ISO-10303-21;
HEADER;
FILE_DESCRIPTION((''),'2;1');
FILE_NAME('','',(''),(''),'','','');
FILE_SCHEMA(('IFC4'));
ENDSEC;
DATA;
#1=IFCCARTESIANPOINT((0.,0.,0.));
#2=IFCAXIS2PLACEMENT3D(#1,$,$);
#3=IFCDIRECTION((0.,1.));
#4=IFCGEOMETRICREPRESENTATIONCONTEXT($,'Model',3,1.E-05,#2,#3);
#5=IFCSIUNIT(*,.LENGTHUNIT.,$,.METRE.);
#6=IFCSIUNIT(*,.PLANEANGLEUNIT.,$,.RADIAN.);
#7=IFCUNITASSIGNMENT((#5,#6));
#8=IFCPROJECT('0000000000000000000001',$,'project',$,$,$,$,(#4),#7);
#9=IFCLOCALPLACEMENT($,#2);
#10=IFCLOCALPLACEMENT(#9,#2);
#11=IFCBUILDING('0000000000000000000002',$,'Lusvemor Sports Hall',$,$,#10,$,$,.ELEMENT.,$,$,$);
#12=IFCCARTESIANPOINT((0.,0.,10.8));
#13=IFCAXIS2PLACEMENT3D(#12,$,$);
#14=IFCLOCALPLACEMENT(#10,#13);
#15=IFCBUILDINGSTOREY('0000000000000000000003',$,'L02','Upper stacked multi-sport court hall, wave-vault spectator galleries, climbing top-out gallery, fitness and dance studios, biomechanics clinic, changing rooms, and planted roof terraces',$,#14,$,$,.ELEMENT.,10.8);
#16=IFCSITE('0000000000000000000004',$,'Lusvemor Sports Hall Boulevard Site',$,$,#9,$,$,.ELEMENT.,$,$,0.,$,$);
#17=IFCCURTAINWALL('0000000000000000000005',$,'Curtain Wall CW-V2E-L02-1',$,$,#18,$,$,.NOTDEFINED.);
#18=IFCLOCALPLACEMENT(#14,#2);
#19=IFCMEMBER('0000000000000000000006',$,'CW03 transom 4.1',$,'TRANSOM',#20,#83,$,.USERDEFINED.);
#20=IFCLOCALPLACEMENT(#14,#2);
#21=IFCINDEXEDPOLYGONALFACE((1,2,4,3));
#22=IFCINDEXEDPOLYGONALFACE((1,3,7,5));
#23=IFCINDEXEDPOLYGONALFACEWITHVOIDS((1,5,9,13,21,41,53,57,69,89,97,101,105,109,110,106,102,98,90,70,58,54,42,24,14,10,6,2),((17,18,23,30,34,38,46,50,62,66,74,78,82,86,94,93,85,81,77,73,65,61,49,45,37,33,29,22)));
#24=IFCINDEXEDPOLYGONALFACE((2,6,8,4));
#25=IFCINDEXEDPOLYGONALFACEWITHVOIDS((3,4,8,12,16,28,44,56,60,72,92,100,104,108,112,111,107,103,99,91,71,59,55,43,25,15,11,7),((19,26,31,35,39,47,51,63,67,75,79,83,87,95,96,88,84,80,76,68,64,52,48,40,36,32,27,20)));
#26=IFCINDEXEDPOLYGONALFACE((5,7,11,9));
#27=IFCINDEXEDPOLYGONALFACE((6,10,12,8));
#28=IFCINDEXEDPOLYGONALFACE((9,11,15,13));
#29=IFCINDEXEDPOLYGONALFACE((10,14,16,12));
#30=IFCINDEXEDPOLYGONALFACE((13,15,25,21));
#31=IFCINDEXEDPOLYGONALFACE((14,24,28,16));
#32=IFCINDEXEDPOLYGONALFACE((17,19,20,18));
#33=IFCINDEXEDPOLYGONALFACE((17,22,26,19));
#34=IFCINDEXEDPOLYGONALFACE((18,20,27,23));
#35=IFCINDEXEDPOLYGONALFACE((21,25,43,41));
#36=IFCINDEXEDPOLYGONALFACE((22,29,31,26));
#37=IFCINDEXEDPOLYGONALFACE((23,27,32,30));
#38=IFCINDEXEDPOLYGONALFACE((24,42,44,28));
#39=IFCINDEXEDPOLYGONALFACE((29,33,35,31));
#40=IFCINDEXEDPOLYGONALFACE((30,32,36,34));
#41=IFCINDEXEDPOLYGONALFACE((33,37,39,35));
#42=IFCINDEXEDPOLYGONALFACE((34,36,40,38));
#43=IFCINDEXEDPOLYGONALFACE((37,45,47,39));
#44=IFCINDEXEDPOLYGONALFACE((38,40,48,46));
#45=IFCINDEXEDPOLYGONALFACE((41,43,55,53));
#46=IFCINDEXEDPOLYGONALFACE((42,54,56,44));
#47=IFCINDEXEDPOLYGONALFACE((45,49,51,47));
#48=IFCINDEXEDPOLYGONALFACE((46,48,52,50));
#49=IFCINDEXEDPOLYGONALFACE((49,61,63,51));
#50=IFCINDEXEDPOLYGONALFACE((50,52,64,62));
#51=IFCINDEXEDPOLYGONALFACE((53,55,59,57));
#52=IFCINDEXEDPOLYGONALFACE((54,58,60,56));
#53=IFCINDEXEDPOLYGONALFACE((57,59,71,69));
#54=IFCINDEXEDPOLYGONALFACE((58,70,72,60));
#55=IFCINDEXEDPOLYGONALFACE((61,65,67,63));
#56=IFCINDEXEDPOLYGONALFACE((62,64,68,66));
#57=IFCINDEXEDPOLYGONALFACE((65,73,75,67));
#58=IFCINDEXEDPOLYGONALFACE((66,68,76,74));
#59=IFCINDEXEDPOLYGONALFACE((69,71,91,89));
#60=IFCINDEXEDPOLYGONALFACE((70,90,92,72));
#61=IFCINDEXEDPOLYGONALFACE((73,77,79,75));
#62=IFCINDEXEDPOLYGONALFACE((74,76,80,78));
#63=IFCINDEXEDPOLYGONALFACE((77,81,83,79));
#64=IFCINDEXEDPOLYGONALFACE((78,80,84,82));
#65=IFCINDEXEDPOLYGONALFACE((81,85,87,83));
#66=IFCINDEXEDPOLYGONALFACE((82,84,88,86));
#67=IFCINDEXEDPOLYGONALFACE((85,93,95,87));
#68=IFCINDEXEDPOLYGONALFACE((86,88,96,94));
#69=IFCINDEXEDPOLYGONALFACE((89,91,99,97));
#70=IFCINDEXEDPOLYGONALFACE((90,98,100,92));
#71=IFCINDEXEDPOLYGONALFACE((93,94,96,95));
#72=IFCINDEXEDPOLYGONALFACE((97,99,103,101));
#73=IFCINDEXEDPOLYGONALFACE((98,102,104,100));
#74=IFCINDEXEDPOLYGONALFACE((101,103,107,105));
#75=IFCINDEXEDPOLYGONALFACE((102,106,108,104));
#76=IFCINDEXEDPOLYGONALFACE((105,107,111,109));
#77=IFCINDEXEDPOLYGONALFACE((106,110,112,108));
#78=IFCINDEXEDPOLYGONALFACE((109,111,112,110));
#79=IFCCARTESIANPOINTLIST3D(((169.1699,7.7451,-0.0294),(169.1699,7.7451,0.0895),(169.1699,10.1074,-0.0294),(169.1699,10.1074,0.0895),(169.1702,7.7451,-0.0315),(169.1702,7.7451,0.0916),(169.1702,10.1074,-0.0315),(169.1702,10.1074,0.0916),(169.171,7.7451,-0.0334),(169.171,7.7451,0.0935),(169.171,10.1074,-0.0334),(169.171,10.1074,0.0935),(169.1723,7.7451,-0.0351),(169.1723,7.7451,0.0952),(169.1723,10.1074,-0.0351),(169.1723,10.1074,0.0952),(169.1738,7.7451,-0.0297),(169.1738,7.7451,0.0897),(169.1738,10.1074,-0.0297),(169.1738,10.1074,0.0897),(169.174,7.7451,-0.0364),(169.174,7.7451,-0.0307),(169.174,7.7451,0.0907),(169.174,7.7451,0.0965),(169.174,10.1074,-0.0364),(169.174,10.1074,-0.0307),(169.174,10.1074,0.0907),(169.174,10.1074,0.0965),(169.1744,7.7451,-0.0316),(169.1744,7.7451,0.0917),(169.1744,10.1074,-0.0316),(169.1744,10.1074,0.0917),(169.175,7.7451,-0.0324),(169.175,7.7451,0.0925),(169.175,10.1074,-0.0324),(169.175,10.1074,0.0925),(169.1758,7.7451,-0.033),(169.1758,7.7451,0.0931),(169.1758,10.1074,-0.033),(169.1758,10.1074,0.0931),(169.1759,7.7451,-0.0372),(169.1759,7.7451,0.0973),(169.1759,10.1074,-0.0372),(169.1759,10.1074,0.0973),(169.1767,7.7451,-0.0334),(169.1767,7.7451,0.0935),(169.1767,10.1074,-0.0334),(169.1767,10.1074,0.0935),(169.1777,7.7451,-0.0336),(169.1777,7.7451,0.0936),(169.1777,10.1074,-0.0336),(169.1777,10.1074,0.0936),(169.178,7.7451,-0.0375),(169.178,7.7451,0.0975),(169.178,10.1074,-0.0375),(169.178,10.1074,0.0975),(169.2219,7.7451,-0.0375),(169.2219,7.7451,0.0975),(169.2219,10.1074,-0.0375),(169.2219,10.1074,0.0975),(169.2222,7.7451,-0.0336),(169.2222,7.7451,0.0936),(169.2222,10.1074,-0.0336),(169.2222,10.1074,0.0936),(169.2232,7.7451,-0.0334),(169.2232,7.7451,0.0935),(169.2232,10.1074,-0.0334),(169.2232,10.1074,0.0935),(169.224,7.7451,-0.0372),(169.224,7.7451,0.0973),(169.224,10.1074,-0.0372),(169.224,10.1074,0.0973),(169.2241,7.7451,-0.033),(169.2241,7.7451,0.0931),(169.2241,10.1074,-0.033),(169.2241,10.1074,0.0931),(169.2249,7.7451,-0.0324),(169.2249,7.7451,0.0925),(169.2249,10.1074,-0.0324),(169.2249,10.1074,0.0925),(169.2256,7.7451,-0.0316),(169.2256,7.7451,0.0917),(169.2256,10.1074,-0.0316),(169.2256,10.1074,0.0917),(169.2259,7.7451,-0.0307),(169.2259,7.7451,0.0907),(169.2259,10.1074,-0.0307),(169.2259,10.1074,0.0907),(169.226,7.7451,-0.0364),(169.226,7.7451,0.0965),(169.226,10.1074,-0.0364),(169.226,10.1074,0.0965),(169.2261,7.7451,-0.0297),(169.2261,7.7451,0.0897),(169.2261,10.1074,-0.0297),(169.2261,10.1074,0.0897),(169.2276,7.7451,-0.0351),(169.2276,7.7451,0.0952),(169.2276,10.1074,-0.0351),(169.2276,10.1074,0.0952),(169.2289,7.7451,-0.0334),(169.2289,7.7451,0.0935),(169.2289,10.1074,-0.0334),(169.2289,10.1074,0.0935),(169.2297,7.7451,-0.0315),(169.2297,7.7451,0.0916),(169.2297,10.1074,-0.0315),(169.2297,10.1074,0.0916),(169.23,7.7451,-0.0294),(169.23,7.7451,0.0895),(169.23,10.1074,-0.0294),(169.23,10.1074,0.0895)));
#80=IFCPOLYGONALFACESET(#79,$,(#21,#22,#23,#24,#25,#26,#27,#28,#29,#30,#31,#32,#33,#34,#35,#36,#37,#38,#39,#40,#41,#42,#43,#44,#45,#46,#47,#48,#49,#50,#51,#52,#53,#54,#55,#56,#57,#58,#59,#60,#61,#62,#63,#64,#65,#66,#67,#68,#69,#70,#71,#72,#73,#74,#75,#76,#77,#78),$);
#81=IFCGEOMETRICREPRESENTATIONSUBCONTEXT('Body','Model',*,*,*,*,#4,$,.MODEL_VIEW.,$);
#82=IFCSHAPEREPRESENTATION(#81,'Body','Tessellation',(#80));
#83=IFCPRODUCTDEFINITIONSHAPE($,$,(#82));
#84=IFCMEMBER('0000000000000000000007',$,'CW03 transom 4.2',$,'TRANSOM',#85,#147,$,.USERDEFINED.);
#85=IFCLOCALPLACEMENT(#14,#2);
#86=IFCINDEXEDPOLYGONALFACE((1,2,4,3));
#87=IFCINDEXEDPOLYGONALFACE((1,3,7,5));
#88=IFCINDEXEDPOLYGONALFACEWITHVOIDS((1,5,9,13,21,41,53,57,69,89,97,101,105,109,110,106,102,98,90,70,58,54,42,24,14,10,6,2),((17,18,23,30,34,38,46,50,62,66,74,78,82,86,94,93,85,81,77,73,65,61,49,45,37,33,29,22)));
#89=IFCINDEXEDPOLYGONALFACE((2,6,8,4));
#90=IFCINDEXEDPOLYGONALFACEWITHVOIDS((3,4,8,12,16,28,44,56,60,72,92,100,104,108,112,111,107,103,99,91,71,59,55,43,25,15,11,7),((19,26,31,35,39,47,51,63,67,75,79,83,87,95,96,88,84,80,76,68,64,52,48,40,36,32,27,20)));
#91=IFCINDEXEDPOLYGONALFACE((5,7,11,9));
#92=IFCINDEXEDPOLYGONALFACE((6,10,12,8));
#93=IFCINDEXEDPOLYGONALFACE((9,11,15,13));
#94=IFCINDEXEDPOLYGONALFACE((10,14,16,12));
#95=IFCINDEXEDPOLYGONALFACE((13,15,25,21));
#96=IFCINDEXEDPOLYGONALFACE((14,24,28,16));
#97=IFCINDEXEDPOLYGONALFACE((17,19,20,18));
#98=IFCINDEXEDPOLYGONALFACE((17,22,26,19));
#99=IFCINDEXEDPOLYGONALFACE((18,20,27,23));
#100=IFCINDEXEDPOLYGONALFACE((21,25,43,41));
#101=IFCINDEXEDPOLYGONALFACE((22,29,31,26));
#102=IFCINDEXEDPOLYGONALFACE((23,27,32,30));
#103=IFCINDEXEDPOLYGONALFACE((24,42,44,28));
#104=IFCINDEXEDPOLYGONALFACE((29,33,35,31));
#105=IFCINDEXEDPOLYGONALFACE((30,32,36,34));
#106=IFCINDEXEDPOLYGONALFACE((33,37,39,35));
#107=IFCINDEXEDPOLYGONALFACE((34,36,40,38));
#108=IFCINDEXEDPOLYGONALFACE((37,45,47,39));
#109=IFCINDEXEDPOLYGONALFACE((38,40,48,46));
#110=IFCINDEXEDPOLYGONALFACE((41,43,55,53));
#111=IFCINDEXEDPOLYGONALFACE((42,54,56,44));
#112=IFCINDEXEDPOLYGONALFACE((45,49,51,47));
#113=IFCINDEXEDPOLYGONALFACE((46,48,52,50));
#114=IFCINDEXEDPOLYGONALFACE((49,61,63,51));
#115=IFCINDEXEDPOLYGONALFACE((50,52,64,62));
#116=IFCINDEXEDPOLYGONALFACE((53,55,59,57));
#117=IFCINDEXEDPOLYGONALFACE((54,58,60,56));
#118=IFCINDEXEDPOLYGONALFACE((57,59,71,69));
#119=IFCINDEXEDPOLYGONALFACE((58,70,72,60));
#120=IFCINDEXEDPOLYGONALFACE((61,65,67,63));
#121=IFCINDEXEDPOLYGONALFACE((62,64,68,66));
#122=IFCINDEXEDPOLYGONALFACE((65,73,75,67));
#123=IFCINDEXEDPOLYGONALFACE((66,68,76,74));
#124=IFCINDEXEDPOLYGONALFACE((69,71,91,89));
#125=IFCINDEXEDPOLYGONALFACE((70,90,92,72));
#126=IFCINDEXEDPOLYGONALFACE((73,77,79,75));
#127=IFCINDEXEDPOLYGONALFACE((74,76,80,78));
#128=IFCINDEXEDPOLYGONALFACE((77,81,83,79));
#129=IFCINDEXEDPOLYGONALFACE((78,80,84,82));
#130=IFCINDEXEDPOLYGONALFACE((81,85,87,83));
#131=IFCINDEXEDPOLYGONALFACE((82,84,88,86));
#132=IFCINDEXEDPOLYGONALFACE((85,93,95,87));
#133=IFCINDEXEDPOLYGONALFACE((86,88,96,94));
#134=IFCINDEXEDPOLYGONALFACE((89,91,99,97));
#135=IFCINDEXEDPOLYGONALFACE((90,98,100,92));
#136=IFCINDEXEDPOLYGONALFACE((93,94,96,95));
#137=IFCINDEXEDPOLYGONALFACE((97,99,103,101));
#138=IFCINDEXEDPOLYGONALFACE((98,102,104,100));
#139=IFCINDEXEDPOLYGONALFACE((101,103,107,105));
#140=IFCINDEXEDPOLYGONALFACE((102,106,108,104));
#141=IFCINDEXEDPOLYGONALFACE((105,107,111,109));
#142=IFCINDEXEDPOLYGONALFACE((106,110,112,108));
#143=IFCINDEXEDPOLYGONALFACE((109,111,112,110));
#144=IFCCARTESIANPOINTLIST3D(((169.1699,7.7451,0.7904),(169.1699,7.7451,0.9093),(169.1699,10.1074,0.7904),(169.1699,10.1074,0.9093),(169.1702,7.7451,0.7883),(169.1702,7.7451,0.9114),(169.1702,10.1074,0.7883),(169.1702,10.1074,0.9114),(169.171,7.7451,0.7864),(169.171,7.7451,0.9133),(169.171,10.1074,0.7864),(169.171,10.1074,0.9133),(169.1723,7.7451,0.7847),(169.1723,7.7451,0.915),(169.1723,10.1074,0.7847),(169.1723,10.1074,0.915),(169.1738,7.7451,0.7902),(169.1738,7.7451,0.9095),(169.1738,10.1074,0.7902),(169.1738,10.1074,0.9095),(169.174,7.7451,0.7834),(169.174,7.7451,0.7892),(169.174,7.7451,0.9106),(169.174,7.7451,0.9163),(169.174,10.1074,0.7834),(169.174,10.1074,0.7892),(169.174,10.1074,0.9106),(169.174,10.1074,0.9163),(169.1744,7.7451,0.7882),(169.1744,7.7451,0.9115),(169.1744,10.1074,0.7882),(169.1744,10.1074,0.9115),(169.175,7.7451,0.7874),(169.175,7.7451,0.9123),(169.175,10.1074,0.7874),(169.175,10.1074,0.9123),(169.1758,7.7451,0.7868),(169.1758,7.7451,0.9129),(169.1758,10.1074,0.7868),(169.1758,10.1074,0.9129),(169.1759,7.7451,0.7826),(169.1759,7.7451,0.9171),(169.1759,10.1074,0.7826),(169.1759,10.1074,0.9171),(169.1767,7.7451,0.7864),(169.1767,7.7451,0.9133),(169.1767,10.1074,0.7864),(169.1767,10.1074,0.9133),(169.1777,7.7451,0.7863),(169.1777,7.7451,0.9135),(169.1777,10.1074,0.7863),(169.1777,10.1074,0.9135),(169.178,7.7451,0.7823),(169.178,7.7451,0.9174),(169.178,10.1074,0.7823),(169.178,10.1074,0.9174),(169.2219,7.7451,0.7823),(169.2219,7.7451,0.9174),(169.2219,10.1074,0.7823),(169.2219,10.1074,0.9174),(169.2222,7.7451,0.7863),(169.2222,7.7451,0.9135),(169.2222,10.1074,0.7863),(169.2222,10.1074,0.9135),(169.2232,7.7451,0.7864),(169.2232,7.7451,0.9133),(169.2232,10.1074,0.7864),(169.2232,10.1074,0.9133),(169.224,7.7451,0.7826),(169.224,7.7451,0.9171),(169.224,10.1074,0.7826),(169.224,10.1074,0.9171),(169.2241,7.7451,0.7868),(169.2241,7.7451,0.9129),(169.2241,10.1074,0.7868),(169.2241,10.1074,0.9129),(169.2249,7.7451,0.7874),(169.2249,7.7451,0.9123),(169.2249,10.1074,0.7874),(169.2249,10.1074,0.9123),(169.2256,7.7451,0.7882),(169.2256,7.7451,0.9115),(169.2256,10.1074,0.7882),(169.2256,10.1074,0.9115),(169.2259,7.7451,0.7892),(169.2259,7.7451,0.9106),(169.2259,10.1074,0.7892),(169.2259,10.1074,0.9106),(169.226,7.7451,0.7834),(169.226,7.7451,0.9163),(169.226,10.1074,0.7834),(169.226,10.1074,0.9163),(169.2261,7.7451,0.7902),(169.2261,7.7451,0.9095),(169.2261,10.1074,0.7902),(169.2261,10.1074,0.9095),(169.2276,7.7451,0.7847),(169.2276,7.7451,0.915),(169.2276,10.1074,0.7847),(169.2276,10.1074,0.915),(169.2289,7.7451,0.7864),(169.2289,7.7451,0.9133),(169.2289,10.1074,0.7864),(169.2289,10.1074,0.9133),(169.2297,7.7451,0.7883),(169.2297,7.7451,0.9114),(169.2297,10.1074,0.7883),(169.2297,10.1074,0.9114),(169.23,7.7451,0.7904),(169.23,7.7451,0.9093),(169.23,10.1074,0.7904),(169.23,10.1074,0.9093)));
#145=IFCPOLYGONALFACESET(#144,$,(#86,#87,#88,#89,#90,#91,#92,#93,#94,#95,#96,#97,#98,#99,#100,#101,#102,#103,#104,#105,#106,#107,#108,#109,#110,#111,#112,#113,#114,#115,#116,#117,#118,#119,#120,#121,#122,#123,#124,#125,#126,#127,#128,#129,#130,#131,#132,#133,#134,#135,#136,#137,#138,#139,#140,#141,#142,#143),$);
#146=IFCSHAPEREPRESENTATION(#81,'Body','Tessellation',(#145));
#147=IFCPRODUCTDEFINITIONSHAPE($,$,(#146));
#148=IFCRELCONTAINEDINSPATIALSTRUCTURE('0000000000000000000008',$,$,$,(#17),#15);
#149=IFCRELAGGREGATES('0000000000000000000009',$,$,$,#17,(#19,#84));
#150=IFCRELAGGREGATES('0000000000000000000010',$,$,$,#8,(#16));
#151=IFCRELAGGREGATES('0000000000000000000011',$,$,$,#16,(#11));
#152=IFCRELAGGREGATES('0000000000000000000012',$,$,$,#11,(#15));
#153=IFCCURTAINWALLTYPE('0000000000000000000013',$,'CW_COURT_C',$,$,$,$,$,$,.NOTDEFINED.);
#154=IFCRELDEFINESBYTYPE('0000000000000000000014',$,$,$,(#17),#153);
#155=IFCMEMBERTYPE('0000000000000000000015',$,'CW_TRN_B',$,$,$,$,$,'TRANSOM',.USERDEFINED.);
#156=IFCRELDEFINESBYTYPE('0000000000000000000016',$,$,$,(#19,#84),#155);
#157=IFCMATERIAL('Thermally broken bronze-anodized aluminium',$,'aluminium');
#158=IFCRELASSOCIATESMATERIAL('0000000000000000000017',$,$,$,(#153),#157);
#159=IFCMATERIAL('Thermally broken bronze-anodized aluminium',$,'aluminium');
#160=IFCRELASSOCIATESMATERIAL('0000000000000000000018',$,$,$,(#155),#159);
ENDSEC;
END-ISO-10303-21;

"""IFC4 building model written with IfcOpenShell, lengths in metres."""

from ifc_helpers import new_model, si_unit, direction, frame, origin, origin_2d, place, context, subcontext, project, spatial, hollow_rectangle, extrude, material, material_profile, profile_set, type_object, element, aggregate, save


model = new_model("IFC4")

# Units and contexts
model_context = context("Model", 3, precision=1e-05, world=origin(), true_north=direction((0.0, 1.0)))
body_context = subcontext(model_context, "Body", "Model", "MODEL_VIEW")
ifc_project = project(units=[si_unit("LENGTHUNIT", "METRE"), si_unit("PLANEANGLEUNIT", "RADIAN")], contexts=[model_context])

# Site, building, storey
site_placement = place(None, origin())
site = spatial("IfcSite", under=ifc_project, at=site_placement, Name="Lusvemor Sports Hall Boulevard Site", CompositionType="ELEMENT", RefElevation=0.0)
building_placement = place(site_placement, origin())
building = spatial("IfcBuilding", under=site, at=building_placement, Name="Lusvemor Sports Hall", CompositionType="ELEMENT")
storey_placement = place(building_placement, frame((0.0, 0.0, 10.8)))
storey = spatial("IfcBuildingStorey", under=building, at=storey_placement, Name="L02", Description="Upper stacked multi-sport court hall, wave-vault spectator galleries, climbing top-out gallery, fitness and dance studios, biomechanics clinic, changing rooms, and planted roof terraces", CompositionType="ELEMENT", Elevation=10.8)

# Curtain wall, members
ifc_material_1 = material(Name="Thermally broken bronze-anodized aluminium", Category="aluminium")
curtain_wall_type = type_object("IfcCurtainWallType", Name="CW_COURT_C", PredefinedType="NOTDEFINED", material=ifc_material_1)
curtain_wall_placement = place(storey_placement, origin())
curtain_wall = element("IfcCurtainWall", 1, at=curtain_wall_placement, inside=storey, type_object=curtain_wall_type, Name="Curtain Wall CW-V2E-L02-1", PredefinedType="NOTDEFINED")
ifc_material_2 = material(Name="Thermally broken bronze-anodized aluminium", Category="aluminium")
ifc_material_profile_1 = material_profile(ifc_material_2, hollow_rectangle(XDim=0.0601, YDim=0.135, WallThickness=0.0039, InnerFilletRadius=0.0039, OuterFilletRadius=0.0081, at=origin_2d()), Name="CWTRN135x60x4")
ifc_profile_set_1 = profile_set([ifc_material_profile_1], Name="Thermally broken bronze-anodized aluminium")
member_type_1 = type_object("IfcMemberType", Name="CW_TRN_B", ElementType="TRANSOM", PredefinedType="USERDEFINED", material=ifc_profile_set_1)
member_1_placement = place(storey_placement, frame((169.2, 10.1074, 0.03), z_axis=(0.0, -1.0, 0.0), x_axis=(1.0, 0.0, 0.0)))
member_1 = element("IfcMember", 2, at=member_1_placement, type_object=member_type_1, Name="CW03 transom 4.1", ObjectType="TRANSOM", PredefinedType="USERDEFINED", context=body_context, shape_type="SweptSolid", body=[
    extrude(hollow_rectangle(XDim=0.0601, YDim=0.135, WallThickness=0.0039, InnerFilletRadius=0.0039, OuterFilletRadius=0.0081, at=origin_2d()), origin(), (0.0, 0.0, 1.0), 2.3623),
])
member_2_placement = place(storey_placement, frame((169.2, 10.1074, 0.8499), z_axis=(0.0, -1.0, 0.0), x_axis=(1.0, 0.0, 0.0)))
member_2 = element("IfcMember", 3, at=member_2_placement, type_object=member_type_1, Name="CW03 transom 4.2", ObjectType="TRANSOM", PredefinedType="USERDEFINED", context=body_context, shape_type="SweptSolid", body=[
    extrude(hollow_rectangle(XDim=0.0601, YDim=0.135, WallThickness=0.0039, InnerFilletRadius=0.0039, OuterFilletRadius=0.0081, at=origin_2d()), origin(), (0.0, 0.0, 1.0), 2.3623),
])

aggregate(curtain_wall, [member_1, member_2])

save(model, "model.ifc")
